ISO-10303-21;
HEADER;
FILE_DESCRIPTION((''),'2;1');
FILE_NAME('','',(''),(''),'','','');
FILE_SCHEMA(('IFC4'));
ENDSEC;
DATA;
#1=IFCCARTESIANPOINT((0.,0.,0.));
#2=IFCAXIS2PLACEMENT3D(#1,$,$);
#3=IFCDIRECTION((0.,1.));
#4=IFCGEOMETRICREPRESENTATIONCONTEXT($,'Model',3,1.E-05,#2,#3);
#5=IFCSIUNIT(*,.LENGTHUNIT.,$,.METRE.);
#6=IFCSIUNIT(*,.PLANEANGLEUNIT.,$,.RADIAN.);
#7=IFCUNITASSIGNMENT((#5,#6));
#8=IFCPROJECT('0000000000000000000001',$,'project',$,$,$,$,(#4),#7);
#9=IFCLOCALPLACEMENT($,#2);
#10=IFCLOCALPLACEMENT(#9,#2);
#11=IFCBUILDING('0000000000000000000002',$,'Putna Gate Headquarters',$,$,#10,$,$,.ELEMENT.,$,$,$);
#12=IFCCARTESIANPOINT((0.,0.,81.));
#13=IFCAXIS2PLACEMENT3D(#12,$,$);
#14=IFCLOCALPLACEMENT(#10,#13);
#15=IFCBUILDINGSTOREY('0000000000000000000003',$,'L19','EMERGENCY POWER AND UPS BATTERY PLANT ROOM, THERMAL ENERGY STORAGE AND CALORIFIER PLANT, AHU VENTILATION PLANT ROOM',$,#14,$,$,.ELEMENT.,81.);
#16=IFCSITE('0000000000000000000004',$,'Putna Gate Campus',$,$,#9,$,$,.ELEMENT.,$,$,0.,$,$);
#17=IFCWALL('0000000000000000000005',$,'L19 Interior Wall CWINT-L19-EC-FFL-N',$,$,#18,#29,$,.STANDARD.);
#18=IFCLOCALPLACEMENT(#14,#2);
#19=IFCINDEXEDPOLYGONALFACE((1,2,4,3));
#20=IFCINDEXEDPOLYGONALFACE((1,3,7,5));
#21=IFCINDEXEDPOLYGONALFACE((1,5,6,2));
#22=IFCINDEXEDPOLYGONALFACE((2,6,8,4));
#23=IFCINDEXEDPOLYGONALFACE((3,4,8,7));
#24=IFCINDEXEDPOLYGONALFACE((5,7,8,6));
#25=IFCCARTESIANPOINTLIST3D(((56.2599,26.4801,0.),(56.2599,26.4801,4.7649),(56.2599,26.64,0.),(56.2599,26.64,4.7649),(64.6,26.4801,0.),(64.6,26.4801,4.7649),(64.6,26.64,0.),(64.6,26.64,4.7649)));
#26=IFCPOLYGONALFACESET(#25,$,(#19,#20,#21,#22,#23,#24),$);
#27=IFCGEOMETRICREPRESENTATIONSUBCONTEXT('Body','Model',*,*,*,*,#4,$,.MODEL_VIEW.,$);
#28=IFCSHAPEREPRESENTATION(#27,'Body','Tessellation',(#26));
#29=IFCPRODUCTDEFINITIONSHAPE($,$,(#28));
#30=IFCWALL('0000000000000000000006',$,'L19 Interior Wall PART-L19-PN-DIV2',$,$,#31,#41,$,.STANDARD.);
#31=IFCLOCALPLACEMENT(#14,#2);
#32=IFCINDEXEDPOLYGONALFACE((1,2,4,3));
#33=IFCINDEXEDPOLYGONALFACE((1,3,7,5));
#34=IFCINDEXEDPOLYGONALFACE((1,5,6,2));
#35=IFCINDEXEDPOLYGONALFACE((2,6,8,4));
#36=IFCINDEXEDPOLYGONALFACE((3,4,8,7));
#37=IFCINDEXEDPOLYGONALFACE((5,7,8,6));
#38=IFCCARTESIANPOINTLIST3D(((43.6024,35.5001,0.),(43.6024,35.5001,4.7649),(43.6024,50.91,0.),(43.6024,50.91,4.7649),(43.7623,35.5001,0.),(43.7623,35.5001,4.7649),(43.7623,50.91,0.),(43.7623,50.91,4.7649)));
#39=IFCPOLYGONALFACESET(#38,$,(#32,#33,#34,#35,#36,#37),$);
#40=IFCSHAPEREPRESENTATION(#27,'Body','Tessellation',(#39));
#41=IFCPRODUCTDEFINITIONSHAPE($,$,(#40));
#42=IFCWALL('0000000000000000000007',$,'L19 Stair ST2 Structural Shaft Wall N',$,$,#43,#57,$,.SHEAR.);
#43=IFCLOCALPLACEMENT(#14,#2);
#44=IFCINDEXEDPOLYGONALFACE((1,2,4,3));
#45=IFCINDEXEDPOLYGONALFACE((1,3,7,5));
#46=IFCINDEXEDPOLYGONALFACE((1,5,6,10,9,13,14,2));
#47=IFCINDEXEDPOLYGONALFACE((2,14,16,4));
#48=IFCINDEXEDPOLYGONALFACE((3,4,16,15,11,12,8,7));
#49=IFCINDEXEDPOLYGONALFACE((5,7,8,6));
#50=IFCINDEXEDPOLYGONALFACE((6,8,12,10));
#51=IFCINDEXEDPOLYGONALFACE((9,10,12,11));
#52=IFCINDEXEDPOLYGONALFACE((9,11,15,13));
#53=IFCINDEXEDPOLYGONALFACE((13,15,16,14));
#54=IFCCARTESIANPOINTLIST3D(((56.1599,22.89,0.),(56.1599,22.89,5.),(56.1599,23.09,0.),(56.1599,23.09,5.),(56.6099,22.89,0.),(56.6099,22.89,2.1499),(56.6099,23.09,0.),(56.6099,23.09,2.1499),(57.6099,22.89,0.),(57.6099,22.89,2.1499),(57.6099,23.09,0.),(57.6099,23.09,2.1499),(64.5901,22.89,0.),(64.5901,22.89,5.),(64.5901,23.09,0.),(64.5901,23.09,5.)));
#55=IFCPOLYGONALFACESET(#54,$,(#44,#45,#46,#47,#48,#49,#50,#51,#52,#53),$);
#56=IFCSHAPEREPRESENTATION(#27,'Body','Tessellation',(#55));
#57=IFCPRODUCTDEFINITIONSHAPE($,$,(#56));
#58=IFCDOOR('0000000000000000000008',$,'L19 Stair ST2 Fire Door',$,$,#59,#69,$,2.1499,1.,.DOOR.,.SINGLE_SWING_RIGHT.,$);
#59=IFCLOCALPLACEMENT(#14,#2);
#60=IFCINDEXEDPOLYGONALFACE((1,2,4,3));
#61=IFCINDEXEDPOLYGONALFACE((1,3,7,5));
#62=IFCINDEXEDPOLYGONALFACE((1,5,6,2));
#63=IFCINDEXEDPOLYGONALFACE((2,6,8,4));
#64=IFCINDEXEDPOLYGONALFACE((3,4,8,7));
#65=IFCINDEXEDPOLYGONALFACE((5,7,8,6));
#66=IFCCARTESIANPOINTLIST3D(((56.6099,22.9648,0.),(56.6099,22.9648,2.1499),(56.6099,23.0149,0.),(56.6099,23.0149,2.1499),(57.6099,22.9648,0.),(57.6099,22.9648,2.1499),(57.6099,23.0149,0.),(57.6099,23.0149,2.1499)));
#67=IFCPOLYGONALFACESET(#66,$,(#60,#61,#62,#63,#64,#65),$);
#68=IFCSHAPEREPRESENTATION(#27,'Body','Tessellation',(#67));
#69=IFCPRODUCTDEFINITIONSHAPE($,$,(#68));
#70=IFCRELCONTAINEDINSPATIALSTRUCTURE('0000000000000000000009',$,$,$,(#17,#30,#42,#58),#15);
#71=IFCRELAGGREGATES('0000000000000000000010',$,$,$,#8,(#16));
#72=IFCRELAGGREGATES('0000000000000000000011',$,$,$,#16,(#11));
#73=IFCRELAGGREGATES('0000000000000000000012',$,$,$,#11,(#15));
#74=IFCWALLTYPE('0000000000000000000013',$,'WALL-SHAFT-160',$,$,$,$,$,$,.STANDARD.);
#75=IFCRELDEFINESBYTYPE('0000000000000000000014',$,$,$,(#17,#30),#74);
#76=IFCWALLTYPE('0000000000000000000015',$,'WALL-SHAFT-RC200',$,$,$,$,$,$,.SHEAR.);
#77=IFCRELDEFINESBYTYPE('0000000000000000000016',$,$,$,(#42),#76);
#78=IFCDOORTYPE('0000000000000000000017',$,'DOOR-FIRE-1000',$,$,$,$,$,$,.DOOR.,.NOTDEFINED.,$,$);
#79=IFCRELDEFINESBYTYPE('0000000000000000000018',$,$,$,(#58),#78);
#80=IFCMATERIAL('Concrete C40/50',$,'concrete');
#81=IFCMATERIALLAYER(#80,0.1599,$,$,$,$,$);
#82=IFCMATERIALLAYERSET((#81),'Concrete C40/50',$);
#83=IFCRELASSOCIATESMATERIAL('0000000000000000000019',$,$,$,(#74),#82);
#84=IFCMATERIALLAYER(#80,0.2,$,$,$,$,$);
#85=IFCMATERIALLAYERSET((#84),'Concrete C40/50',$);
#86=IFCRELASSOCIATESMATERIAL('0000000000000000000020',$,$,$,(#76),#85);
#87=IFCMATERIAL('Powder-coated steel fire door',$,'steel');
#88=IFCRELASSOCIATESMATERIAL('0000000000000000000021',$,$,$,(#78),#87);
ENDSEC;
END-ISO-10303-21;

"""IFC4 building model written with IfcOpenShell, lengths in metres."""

from ifc_helpers import new_model, si_unit, direction, frame, frame_2d, origin, place, context, subcontext, project, spatial, rectangle, extrude, material, layer, layer_set, type_object, element, fill, save


model = new_model("IFC4")

# Units and contexts
model_context = context("Model", 3, precision=1e-05, world=origin(), true_north=direction((0.0, 1.0)))
body_context = subcontext(model_context, "Body", "Model", "MODEL_VIEW")
ifc_project = project(units=[si_unit("LENGTHUNIT", "METRE"), si_unit("PLANEANGLEUNIT", "RADIAN")], contexts=[model_context])

# Site, building, storey
site_placement = place(None, origin())
site = spatial("IfcSite", under=ifc_project, at=site_placement, Name="Putna Gate Campus", CompositionType="ELEMENT", RefElevation=0.0)
building_placement = place(site_placement, origin())
building = spatial("IfcBuilding", under=site, at=building_placement, Name="Putna Gate Headquarters", CompositionType="ELEMENT")
storey_placement = place(building_placement, frame((0.0, 0.0, 81.0)))
storey = spatial("IfcBuildingStorey", under=building, at=storey_placement, Name="L19", Description="EMERGENCY POWER AND UPS BATTERY PLANT ROOM, THERMAL ENERGY STORAGE AND CALORIFIER PLANT, AHU VENTILATION PLANT ROOM", CompositionType="ELEMENT", Elevation=81.0)

# Shared definitions
ifc_material_1 = material(Name="Concrete C40/50", Category="concrete")
ifc_layer_1 = layer(ifc_material_1, 0.1599)
ifc_layer_set_1 = layer_set([ifc_layer_1], Name="Concrete C40/50")
wall_type_1 = type_object("IfcWallType", Name="WALL-SHAFT-160", PredefinedType="STANDARD", material=ifc_layer_set_1)

# Walls
wall_1_placement = place(storey_placement, frame((56.26, 26.5601, 0.0), z_axis=(0.0, 0.0, 1.0), x_axis=(1.0, 0.0, 0.0)))
element("IfcWall", 1, at=wall_1_placement, inside=storey, type_object=wall_type_1, Name="L19 Interior Wall CWINT-L19-EC-FFL-N", PredefinedType="STANDARD", context=body_context, shape_type="SweptSolid", body=[
    extrude(rectangle(XDim=8.3401, YDim=0.1599, at=frame_2d((4.1699, 0.0))), origin(), (0.0, 0.0, 1.0), 4.7649),
])
wall_2_placement = place(storey_placement, frame((43.6824, 35.5, 0.0), z_axis=(0.0, 0.0, 1.0), x_axis=(0.0, 1.0, 0.0)))
element("IfcWall", 2, at=wall_2_placement, inside=storey, type_object=wall_type_1, Name="L19 Interior Wall PART-L19-PN-DIV2", PredefinedType="STANDARD", context=body_context, shape_type="SweptSolid", body=[
    extrude(rectangle(XDim=15.4099, YDim=0.1599, at=frame_2d((7.7051, 0.0))), origin(), (0.0, 0.0, 1.0), 4.7649),
])

# Wall, opening, door
ifc_layer_2 = layer(ifc_material_1, 0.2)
ifc_layer_set_2 = layer_set([ifc_layer_2], Name="Concrete C40/50")
wall_type_2 = type_object("IfcWallType", Name="WALL-SHAFT-RC200", PredefinedType="SHEAR", material=ifc_layer_set_2)
wall_3_placement = place(storey_placement, frame((56.1599, 22.99, 0.0), z_axis=(0.0, 0.0, 1.0), x_axis=(1.0, 0.0, 0.0)))
wall_3 = element("IfcWall", 3, at=wall_3_placement, inside=storey, type_object=wall_type_2, Name="L19 Stair ST2 Structural Shaft Wall N", PredefinedType="SHEAR", context=body_context, shape_type="SweptSolid", body=[
    extrude(rectangle(XDim=8.4302, YDim=0.2, at=frame_2d((4.2151, 0.0))), origin(), (0.0, 0.0, 1.0), 5.0),
])
opening_1_placement = place(wall_3_placement, frame((0.45, 0.0, 0.0)))
opening_1 = element("IfcOpeningElement", 4, at=opening_1_placement, cuts=wall_3, PredefinedType="OPENING", context=body_context, shape_type="SweptSolid", body=[
    extrude(rectangle(XDim=1.0, YDim=2.1499, at=frame_2d((0.5, 1.075))), frame((0.0, 0.1099, 0.0), z_axis=(0.0, -1.0, 0.0), x_axis=(1.0, 0.0, 0.0)), (0.0, 0.0, 1.0), 0.22),
])
ifc_material_2 = material(Name="Powder-coated steel fire door", Category="steel")
door_type_1 = type_object("IfcDoorType", Name="DOOR-FIRE-1000", OperationType="NOTDEFINED", PredefinedType="DOOR", material=ifc_material_2)
door_1_placement = place(opening_1_placement, origin())
door_1 = element("IfcDoor", 5, at=door_1_placement, inside=storey, type_object=door_type_1, Name="L19 Stair ST2 Fire Door", OperationType="SINGLE_SWING_RIGHT", OverallHeight=2.1499, OverallWidth=1.0, PredefinedType="DOOR", context=body_context, shape_type="SweptSolid", body=[
    extrude(rectangle(XDim=1.0, YDim=2.1499, at=frame_2d((0.5, 1.075))), frame((0.0, 0.0249, 0.0), z_axis=(0.0, -1.0, 0.0), x_axis=(1.0, 0.0, 0.0)), (0.0, 0.0, 1.0), 0.05),
])
fill(opening_1, door_1)

save(model, "model.ifc")
